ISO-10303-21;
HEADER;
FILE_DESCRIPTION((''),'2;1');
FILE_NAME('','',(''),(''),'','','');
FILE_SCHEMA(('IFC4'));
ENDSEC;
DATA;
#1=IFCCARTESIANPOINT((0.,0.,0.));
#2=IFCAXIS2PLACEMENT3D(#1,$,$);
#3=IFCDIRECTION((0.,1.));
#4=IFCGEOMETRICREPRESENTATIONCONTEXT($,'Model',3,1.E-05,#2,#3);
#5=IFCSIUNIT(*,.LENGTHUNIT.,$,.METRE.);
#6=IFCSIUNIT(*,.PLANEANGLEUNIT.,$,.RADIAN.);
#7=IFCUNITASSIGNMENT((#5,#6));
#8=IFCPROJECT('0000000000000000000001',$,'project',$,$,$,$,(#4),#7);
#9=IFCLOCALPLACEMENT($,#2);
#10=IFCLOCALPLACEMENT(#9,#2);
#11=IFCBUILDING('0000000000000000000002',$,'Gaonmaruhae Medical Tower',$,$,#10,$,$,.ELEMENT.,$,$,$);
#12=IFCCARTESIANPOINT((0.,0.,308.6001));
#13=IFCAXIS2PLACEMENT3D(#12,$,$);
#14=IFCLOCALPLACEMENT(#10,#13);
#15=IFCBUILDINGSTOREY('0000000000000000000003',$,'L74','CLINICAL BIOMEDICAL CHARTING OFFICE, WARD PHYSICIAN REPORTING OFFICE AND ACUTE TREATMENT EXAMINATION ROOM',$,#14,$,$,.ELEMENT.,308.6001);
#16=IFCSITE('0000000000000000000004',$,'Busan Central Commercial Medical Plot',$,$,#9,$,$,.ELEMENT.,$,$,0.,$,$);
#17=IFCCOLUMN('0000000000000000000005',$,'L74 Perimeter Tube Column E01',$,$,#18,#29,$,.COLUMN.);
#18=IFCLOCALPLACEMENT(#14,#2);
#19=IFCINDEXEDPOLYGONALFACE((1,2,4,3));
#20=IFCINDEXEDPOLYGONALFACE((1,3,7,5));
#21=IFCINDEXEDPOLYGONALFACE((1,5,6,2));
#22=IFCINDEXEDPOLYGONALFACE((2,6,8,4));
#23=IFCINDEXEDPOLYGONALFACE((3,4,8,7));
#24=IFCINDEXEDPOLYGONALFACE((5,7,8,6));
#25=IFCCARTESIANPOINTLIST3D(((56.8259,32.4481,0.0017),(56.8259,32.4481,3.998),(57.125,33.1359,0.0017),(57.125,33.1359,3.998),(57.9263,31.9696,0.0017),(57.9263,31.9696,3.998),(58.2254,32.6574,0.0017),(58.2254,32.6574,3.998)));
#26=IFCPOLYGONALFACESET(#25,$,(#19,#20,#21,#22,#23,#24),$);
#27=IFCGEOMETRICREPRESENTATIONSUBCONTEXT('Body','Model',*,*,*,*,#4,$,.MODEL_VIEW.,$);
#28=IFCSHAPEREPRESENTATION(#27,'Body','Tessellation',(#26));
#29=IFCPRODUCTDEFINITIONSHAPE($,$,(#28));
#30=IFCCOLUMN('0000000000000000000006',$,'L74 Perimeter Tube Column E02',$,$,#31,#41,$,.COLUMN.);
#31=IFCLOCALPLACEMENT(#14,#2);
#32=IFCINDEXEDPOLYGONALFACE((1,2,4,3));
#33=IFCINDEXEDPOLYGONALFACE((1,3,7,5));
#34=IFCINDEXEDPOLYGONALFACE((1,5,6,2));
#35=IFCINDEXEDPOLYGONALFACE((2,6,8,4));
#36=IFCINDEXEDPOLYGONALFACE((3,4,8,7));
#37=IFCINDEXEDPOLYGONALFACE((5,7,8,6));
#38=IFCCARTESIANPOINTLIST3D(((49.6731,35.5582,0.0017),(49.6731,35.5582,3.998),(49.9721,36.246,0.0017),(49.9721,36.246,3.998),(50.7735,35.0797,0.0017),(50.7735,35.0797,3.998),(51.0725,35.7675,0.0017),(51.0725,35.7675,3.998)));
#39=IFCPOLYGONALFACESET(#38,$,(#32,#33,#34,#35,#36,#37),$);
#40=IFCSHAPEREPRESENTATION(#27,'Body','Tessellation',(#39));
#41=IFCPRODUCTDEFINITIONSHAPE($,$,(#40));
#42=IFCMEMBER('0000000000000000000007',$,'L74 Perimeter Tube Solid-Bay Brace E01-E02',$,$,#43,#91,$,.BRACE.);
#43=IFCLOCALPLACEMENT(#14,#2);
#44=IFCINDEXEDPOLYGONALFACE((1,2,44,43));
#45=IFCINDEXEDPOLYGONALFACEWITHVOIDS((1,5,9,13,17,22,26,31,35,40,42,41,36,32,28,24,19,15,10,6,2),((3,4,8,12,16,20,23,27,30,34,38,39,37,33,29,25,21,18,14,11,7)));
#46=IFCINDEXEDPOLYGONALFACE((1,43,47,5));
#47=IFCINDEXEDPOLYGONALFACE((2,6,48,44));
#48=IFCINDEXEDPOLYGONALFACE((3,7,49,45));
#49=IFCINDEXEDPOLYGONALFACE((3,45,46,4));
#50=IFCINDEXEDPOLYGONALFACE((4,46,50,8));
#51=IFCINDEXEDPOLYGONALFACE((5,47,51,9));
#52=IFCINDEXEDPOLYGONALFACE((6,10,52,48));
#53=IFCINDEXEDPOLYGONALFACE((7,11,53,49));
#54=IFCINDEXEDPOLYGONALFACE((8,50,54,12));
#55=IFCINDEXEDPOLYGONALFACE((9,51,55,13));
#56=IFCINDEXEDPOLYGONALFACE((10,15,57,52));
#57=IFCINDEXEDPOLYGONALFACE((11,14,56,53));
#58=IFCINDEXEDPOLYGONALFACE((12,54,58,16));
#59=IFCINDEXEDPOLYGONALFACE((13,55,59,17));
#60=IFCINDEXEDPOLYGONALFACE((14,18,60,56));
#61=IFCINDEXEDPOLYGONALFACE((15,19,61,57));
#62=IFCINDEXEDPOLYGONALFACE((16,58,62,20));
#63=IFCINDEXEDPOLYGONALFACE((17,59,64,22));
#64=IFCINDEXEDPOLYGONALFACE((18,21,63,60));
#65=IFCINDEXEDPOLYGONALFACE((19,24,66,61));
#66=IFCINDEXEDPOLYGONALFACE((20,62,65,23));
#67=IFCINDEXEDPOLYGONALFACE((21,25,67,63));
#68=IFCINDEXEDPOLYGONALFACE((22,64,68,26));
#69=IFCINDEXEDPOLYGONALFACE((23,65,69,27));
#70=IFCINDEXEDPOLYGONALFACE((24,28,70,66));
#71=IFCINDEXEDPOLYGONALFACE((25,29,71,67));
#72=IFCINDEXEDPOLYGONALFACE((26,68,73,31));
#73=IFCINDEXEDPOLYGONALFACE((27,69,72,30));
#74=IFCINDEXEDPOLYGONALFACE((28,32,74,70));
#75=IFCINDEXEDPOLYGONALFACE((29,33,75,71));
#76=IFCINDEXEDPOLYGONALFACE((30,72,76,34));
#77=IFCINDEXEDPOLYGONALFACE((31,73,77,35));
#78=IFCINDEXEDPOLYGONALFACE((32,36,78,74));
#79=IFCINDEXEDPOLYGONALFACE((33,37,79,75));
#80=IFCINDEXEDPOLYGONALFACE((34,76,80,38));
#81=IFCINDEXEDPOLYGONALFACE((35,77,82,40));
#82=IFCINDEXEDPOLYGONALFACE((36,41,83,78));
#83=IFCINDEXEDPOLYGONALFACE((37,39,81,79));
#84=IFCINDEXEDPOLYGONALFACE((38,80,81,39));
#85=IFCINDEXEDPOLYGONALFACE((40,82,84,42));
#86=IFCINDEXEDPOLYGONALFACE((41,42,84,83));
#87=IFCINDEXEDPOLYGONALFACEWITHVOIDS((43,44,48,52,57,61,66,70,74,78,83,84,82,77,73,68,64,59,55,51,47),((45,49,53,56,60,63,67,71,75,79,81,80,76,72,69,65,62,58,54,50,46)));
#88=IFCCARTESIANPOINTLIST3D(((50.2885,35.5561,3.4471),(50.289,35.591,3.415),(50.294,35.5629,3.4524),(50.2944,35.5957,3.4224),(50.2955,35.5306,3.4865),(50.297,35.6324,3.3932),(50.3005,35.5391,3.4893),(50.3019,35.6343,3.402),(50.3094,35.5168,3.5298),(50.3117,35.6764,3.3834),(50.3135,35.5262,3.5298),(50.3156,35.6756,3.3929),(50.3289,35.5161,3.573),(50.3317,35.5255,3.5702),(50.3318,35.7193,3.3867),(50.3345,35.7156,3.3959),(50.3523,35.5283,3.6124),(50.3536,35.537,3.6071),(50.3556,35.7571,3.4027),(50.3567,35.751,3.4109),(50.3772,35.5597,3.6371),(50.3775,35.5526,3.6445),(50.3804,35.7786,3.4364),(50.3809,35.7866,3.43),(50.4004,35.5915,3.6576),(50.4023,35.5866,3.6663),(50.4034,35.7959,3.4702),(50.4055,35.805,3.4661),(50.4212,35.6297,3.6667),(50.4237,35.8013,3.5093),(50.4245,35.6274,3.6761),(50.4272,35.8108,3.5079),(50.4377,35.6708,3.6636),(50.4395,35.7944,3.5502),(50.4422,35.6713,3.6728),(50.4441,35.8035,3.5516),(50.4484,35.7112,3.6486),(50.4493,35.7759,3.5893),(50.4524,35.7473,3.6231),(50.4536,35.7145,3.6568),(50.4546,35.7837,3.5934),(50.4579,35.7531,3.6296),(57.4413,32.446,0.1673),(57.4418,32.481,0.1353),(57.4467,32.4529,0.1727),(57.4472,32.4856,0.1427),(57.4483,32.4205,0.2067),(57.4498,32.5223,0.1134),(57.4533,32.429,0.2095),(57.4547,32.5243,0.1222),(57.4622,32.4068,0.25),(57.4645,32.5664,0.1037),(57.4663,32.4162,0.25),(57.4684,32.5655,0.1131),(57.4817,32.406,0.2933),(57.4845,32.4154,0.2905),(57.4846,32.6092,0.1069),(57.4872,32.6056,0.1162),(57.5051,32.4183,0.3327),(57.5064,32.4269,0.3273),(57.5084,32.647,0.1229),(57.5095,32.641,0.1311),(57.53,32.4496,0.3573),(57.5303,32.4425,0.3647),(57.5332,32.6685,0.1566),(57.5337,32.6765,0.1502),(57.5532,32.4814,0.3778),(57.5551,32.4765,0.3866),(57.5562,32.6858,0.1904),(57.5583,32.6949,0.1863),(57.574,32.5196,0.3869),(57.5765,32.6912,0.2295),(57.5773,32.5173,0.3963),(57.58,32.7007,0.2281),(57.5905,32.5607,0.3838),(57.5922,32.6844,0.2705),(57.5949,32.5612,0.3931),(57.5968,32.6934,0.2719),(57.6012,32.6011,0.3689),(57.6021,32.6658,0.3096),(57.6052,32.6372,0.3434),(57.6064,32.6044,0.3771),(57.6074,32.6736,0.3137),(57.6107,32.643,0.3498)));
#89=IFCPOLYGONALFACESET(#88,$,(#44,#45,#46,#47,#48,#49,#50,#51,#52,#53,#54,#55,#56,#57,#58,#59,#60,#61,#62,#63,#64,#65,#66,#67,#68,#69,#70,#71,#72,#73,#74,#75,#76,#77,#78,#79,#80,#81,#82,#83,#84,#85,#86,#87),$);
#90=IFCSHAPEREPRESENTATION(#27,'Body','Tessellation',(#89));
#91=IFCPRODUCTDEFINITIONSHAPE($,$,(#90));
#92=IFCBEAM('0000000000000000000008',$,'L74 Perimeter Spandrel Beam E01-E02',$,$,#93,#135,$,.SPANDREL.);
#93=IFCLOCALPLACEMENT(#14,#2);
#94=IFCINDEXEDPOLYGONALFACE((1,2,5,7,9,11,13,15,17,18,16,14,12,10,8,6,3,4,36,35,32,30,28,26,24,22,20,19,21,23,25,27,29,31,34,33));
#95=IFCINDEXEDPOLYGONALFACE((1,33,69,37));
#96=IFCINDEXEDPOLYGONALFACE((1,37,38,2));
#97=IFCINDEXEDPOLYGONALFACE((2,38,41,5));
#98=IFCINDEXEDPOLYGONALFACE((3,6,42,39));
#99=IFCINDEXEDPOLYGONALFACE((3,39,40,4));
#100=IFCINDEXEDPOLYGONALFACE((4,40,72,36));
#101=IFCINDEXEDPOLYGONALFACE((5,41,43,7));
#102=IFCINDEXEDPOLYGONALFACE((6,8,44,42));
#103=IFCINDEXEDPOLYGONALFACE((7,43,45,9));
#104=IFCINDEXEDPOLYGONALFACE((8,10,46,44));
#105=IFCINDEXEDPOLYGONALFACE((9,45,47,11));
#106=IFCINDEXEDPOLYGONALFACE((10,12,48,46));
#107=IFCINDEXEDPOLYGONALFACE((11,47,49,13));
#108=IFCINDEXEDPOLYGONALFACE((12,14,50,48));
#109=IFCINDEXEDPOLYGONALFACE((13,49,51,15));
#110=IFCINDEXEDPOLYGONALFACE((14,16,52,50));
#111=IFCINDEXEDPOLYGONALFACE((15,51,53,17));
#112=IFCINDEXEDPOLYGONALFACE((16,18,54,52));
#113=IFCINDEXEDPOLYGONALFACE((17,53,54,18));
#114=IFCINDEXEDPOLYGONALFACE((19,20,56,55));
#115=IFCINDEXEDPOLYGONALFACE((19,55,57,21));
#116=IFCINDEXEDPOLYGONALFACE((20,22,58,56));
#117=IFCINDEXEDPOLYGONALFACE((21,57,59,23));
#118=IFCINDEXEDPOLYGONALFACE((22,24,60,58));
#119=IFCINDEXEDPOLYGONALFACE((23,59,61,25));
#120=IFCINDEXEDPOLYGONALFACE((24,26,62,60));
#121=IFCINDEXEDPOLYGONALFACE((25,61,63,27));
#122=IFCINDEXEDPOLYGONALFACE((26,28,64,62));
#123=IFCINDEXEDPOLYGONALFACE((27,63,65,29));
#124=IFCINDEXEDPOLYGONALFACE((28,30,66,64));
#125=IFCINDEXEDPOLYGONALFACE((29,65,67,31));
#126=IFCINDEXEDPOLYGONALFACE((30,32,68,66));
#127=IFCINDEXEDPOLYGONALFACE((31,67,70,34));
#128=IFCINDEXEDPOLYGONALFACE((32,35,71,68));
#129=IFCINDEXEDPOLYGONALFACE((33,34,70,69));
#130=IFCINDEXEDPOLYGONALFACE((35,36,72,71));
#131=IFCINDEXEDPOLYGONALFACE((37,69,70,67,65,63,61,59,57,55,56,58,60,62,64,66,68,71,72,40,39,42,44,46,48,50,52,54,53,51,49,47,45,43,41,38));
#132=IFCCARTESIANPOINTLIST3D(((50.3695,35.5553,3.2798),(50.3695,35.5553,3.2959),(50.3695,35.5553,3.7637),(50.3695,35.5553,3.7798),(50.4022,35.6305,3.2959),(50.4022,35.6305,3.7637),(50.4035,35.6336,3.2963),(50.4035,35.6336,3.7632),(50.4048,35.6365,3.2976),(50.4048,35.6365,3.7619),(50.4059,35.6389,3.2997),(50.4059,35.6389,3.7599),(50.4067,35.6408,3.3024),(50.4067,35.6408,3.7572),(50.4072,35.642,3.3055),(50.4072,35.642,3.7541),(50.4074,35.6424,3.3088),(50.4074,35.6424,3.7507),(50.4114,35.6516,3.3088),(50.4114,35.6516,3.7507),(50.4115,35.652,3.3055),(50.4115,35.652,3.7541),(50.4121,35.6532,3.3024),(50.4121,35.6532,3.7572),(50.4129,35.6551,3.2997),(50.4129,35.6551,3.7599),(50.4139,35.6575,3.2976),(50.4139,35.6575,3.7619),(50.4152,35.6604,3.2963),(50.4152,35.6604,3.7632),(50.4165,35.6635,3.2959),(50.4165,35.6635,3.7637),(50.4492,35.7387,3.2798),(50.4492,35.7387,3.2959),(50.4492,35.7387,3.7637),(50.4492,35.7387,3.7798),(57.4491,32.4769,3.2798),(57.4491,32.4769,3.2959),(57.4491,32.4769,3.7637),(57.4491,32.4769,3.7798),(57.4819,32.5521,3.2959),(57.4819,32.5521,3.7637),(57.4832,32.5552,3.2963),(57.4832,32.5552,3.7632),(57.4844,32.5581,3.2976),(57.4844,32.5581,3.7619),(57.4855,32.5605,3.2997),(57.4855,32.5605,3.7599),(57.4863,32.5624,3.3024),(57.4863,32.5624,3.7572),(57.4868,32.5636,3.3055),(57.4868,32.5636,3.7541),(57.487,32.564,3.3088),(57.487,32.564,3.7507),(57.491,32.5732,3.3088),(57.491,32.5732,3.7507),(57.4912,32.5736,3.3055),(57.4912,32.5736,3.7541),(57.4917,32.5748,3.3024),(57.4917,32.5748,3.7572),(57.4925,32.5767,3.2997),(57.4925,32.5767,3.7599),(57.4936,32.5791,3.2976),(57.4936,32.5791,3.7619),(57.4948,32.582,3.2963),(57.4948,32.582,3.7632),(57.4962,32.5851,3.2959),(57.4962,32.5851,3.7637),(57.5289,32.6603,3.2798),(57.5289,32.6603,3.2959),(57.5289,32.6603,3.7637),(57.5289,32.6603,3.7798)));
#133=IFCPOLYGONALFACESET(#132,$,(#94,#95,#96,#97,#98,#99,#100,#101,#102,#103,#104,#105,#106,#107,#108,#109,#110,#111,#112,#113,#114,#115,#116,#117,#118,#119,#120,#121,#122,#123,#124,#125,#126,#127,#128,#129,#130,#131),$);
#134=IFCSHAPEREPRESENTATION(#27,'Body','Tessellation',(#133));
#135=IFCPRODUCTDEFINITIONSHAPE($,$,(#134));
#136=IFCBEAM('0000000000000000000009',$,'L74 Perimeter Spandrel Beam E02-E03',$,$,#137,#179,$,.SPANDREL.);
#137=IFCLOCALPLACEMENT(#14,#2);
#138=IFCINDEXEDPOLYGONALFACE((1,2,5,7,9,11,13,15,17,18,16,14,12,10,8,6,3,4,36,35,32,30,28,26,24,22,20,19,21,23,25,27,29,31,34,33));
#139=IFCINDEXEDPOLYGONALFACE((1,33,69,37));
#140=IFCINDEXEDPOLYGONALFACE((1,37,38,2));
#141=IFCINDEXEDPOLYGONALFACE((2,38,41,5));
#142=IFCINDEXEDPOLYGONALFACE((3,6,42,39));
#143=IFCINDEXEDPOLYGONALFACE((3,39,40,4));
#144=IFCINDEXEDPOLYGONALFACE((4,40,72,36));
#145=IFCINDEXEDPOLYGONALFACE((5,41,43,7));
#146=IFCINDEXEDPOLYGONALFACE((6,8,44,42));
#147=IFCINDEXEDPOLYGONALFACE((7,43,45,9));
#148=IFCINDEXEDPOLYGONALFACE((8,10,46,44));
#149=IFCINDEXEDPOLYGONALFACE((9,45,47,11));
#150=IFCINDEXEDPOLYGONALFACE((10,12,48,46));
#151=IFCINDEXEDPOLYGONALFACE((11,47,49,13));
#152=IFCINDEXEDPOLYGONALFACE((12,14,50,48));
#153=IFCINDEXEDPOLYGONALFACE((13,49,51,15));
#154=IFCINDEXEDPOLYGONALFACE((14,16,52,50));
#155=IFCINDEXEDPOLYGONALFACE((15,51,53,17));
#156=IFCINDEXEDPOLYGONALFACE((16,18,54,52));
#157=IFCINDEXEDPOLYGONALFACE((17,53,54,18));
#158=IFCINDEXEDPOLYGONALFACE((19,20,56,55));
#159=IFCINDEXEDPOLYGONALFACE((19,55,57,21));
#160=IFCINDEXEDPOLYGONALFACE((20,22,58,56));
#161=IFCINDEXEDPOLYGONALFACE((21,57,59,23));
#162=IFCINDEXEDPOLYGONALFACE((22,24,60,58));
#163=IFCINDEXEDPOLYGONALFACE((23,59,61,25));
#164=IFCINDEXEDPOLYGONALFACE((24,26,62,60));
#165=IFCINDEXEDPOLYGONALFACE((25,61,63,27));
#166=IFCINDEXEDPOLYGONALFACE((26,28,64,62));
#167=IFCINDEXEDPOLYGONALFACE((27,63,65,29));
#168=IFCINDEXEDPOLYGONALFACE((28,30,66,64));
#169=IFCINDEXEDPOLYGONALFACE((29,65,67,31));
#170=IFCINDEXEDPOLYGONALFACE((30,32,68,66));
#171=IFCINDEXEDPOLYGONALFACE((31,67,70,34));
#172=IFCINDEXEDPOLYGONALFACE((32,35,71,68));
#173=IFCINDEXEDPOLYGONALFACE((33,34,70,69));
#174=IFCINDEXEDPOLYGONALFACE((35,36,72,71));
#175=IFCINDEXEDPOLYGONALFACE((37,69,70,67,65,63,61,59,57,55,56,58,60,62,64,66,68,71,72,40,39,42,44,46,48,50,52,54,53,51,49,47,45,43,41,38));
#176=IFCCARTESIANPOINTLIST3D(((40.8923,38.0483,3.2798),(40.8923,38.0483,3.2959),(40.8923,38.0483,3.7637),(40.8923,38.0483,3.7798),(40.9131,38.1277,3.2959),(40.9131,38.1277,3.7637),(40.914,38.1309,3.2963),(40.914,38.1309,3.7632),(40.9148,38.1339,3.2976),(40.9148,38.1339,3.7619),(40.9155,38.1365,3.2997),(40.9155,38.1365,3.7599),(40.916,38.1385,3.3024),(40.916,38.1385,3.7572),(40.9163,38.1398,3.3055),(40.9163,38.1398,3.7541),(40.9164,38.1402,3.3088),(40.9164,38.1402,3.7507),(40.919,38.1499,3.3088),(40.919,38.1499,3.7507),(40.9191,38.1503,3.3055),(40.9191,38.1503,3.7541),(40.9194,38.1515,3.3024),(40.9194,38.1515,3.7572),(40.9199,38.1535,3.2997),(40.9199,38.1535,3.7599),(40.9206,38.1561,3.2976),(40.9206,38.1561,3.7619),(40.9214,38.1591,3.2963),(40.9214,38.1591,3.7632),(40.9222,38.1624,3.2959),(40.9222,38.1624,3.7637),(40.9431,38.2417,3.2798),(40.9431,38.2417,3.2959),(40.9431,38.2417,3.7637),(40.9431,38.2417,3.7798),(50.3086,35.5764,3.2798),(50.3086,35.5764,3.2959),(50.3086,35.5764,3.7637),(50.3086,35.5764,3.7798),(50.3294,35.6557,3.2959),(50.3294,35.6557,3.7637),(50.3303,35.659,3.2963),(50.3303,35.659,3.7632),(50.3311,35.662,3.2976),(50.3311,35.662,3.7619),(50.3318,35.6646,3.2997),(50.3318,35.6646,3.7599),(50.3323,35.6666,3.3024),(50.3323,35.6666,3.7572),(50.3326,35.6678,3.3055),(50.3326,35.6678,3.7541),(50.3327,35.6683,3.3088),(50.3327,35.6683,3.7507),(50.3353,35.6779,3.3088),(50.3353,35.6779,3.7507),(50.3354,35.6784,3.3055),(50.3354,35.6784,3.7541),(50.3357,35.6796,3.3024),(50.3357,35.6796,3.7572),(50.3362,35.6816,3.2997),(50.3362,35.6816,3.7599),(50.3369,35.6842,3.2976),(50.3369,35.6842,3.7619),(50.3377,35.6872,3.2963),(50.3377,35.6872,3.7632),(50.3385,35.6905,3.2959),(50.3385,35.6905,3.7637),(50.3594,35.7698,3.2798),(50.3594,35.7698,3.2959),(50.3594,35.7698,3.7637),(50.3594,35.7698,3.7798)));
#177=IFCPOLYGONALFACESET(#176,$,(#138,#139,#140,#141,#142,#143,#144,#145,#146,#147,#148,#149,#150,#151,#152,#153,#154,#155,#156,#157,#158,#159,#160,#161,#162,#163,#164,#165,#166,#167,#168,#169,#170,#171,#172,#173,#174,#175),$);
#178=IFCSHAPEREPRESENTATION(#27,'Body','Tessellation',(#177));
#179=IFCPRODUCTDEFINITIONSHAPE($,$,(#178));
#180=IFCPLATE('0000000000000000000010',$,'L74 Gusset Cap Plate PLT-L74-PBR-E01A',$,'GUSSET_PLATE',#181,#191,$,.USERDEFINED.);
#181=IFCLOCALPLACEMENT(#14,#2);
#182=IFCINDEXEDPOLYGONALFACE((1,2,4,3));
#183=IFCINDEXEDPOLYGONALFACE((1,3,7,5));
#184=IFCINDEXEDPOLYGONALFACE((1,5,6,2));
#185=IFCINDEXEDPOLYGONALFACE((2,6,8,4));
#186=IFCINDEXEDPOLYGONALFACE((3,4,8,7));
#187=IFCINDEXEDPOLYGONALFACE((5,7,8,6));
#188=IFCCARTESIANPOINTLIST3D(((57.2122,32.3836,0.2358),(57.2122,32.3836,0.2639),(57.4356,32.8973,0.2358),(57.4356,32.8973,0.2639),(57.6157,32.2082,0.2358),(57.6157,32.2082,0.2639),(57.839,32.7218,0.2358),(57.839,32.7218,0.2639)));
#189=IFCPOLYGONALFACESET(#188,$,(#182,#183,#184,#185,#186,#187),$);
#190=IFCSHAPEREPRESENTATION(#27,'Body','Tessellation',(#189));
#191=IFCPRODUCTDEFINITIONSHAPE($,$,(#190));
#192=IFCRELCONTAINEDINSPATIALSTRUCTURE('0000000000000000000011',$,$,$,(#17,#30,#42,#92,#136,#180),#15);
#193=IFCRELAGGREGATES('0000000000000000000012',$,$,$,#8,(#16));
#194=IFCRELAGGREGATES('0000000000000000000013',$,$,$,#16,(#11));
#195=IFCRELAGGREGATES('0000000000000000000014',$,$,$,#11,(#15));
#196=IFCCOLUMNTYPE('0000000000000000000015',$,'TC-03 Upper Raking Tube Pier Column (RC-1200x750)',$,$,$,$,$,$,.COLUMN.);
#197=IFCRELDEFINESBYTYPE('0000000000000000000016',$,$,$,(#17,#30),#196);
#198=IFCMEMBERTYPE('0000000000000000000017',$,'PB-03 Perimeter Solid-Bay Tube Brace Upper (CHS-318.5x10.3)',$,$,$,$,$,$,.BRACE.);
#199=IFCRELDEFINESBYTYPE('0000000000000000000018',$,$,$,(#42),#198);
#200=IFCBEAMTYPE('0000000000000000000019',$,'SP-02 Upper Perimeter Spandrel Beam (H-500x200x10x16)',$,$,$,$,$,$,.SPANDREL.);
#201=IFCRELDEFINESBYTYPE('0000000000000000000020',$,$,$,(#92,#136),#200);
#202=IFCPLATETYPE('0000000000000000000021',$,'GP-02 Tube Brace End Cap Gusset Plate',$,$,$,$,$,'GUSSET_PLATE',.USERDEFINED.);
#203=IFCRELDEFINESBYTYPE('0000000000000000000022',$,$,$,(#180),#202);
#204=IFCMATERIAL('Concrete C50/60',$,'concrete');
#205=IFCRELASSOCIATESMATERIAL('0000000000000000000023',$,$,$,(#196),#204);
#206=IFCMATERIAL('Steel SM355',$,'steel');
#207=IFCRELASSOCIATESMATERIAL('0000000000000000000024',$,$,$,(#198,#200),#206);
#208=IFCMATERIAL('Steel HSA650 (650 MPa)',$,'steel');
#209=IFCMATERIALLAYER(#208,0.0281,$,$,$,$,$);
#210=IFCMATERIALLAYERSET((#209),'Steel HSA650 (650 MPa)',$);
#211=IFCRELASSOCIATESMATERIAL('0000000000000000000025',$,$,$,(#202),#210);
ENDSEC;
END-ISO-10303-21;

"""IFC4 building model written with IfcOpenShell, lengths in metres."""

from ifc_helpers import new_model, si_unit, direction, frame, origin, origin_2d, place, context, subcontext, project, spatial, rectangle, hollow_circle, i_section, extrude, material, layer, layer_set, material_profile, profile_set, type_object, element, save


model = new_model("IFC4")

# Units and contexts
model_context = context("Model", 3, precision=1e-05, world=origin(), true_north=direction((0.0, 1.0)))
body_context = subcontext(model_context, "Body", "Model", "MODEL_VIEW")
ifc_project = project(units=[si_unit("LENGTHUNIT", "METRE"), si_unit("PLANEANGLEUNIT", "RADIAN")], contexts=[model_context])

# Site, building, storey
site_placement = place(None, origin())
site = spatial("IfcSite", under=ifc_project, at=site_placement, Name="Busan Central Commercial Medical Plot", CompositionType="ELEMENT", RefElevation=0.0)
building_placement = place(site_placement, origin())
building = spatial("IfcBuilding", under=site, at=building_placement, Name="Gaonmaruhae Medical Tower", CompositionType="ELEMENT")
storey_placement = place(building_placement, frame((0.0, 0.0, 308.6001)))
storey = spatial("IfcBuildingStorey", under=building, at=storey_placement, Name="L74", Description="CLINICAL BIOMEDICAL CHARTING OFFICE, WARD PHYSICIAN REPORTING OFFICE AND ACUTE TREATMENT EXAMINATION ROOM", CompositionType="ELEMENT", Elevation=308.6001)

# Columns
ifc_material_1 = material(Name="Concrete C50/60", Category="concrete")
ifc_material_profile_1 = material_profile(ifc_material_1, rectangle(XDim=1.2, YDim=0.75, at=origin_2d()), Name="RC-1200x750")
ifc_profile_set_1 = profile_set([ifc_material_profile_1], Name="Concrete C50/60")
column_type = type_object("IfcColumnType", Name="TC-03 Upper Raking Tube Pier Column (RC-1200x750)", PredefinedType="COLUMN", material=ifc_profile_set_1)
for number, where, z_axis, x_axis, name in (
    (1, (57.5256, 32.5527, 0.0017), (0.0, 0.0, 1.0), (-0.91706, 0.398749, 0.0), "L74 Perimeter Tube Column E01"),
    (2, (50.3728, 35.6628, 0.0017), (0.0, 0.0, 1.0), (-0.91706, 0.398749, 0.0), "L74 Perimeter Tube Column E02"),
):
    element("IfcColumn", number, at=place(storey_placement, frame(where, z_axis=z_axis, x_axis=x_axis)), inside=storey, type_object=column_type, Name=name, PredefinedType="COLUMN", context=body_context, shape_type="SweptSolid", body=[
        extrude(rectangle(XDim=1.2, YDim=0.75, at=origin_2d()), origin(), (0.0, 0.0, 1.0), 3.9963),
    ])

# Member
ifc_material_2 = material(Name="Steel SM355", Category="steel")
ifc_material_profile_2 = material_profile(ifc_material_2, hollow_circle(Radius=0.1592, WallThickness=0.0103, at=origin_2d()), Name="CHS-318.5x10.3")
ifc_profile_set_2 = profile_set([ifc_material_profile_2], Name="Steel SM355")
member_type = type_object("IfcMemberType", Name="PB-03 Perimeter Solid-Bay Tube Brace Upper (CHS-318.5x10.3)", PredefinedType="BRACE", material=ifc_profile_set_2)
member_placement = place(storey_placement, frame((57.5256, 32.5527, 0.25), z_axis=(-0.845363, 0.367571, 0.387624), x_axis=(-0.398746, -0.917062, 0.0)))
element("IfcMember", 3, at=member_placement, inside=storey, type_object=member_type, Name="L74 Perimeter Tube Solid-Bay Brace E01-E02", PredefinedType="BRACE", context=body_context, shape_type="SweptSolid", body=[
    extrude(hollow_circle(Radius=0.1592, WallThickness=0.0103, at=origin_2d()), origin(), (0.0, 0.0, 1.0), 8.4612),
])

# Beams
ifc_material_profile_3 = material_profile(ifc_material_2, i_section(OverallWidth=0.2, OverallDepth=0.5, WebThickness=0.01, FlangeThickness=0.0161, FilletRadius=0.0129, at=origin_2d()), Name="H-500x200x10x16")
ifc_profile_set_3 = profile_set([ifc_material_profile_3], Name="Steel SM355")
beam_type = type_object("IfcBeamType", Name="SP-02 Upper Perimeter Spandrel Beam (H-500x200x10x16)", PredefinedType="SPANDREL", material=ifc_profile_set_3)
beam_1_placement = place(storey_placement, frame((57.489, 32.5686, 3.5298), z_axis=(-0.917056, 0.398757, 0.0), x_axis=(-0.398757, -0.917056, 0.0)))
element("IfcBeam", 4, at=beam_1_placement, inside=storey, type_object=beam_type, Name="L74 Perimeter Spandrel Beam E01-E02", PredefinedType="SPANDREL", context=body_context, shape_type="SweptSolid", body=[
    extrude(i_section(OverallWidth=0.2, OverallDepth=0.5, WebThickness=0.01, FlangeThickness=0.0161, FilletRadius=0.0129, at=origin_2d()), origin(), (0.0, 0.0, 1.0), 7.72),
])
beam_2_placement = place(storey_placement, frame((50.334, 35.6731, 3.5298), z_axis=(-0.967227, 0.253913, 0.0), x_axis=(-0.253913, -0.967227, 0.0)))
element("IfcBeam", 5, at=beam_2_placement, inside=storey, type_object=beam_type, Name="L74 Perimeter Spandrel Beam E02-E03", PredefinedType="SPANDREL", context=body_context, shape_type="SweptSolid", body=[
    extrude(i_section(OverallWidth=0.2, OverallDepth=0.5, WebThickness=0.01, FlangeThickness=0.0161, FilletRadius=0.0129, at=origin_2d()), origin(), (0.0, 0.0, 1.0), 9.7354),
])

# Plate
ifc_material_3 = material(Name="Steel HSA650 (650 MPa)", Category="steel")
ifc_layer_1 = layer(ifc_material_3, 0.0281)
ifc_layer_set_1 = layer_set([ifc_layer_1], Name="Steel HSA650 (650 MPa)")
plate_type = type_object("IfcPlateType", Name="GP-02 Tube Brace End Cap Gusset Plate", ElementType="GUSSET_PLATE", PredefinedType="USERDEFINED", material=ifc_layer_set_1)
for number, where, z_axis, x_axis, name in (
    (6, (57.5256, 32.5527, 0.2358), (0.0, 0.0, 1.0), (0.398749, 0.91706, 0.0), "L74 Gusset Cap Plate PLT-L74-PBR-E01A"),
):
    element("IfcPlate", number, at=place(storey_placement, frame(where, z_axis=z_axis, x_axis=x_axis)), inside=storey, type_object=plate_type, Name=name, ObjectType="GUSSET_PLATE", PredefinedType="USERDEFINED", context=body_context, shape_type="SweptSolid", body=[
        extrude(rectangle(XDim=0.5601, YDim=0.4399, at=origin_2d()), origin(), (0.0, 0.0, 1.0), 0.0281),
    ])

save(model, "model.ifc")
